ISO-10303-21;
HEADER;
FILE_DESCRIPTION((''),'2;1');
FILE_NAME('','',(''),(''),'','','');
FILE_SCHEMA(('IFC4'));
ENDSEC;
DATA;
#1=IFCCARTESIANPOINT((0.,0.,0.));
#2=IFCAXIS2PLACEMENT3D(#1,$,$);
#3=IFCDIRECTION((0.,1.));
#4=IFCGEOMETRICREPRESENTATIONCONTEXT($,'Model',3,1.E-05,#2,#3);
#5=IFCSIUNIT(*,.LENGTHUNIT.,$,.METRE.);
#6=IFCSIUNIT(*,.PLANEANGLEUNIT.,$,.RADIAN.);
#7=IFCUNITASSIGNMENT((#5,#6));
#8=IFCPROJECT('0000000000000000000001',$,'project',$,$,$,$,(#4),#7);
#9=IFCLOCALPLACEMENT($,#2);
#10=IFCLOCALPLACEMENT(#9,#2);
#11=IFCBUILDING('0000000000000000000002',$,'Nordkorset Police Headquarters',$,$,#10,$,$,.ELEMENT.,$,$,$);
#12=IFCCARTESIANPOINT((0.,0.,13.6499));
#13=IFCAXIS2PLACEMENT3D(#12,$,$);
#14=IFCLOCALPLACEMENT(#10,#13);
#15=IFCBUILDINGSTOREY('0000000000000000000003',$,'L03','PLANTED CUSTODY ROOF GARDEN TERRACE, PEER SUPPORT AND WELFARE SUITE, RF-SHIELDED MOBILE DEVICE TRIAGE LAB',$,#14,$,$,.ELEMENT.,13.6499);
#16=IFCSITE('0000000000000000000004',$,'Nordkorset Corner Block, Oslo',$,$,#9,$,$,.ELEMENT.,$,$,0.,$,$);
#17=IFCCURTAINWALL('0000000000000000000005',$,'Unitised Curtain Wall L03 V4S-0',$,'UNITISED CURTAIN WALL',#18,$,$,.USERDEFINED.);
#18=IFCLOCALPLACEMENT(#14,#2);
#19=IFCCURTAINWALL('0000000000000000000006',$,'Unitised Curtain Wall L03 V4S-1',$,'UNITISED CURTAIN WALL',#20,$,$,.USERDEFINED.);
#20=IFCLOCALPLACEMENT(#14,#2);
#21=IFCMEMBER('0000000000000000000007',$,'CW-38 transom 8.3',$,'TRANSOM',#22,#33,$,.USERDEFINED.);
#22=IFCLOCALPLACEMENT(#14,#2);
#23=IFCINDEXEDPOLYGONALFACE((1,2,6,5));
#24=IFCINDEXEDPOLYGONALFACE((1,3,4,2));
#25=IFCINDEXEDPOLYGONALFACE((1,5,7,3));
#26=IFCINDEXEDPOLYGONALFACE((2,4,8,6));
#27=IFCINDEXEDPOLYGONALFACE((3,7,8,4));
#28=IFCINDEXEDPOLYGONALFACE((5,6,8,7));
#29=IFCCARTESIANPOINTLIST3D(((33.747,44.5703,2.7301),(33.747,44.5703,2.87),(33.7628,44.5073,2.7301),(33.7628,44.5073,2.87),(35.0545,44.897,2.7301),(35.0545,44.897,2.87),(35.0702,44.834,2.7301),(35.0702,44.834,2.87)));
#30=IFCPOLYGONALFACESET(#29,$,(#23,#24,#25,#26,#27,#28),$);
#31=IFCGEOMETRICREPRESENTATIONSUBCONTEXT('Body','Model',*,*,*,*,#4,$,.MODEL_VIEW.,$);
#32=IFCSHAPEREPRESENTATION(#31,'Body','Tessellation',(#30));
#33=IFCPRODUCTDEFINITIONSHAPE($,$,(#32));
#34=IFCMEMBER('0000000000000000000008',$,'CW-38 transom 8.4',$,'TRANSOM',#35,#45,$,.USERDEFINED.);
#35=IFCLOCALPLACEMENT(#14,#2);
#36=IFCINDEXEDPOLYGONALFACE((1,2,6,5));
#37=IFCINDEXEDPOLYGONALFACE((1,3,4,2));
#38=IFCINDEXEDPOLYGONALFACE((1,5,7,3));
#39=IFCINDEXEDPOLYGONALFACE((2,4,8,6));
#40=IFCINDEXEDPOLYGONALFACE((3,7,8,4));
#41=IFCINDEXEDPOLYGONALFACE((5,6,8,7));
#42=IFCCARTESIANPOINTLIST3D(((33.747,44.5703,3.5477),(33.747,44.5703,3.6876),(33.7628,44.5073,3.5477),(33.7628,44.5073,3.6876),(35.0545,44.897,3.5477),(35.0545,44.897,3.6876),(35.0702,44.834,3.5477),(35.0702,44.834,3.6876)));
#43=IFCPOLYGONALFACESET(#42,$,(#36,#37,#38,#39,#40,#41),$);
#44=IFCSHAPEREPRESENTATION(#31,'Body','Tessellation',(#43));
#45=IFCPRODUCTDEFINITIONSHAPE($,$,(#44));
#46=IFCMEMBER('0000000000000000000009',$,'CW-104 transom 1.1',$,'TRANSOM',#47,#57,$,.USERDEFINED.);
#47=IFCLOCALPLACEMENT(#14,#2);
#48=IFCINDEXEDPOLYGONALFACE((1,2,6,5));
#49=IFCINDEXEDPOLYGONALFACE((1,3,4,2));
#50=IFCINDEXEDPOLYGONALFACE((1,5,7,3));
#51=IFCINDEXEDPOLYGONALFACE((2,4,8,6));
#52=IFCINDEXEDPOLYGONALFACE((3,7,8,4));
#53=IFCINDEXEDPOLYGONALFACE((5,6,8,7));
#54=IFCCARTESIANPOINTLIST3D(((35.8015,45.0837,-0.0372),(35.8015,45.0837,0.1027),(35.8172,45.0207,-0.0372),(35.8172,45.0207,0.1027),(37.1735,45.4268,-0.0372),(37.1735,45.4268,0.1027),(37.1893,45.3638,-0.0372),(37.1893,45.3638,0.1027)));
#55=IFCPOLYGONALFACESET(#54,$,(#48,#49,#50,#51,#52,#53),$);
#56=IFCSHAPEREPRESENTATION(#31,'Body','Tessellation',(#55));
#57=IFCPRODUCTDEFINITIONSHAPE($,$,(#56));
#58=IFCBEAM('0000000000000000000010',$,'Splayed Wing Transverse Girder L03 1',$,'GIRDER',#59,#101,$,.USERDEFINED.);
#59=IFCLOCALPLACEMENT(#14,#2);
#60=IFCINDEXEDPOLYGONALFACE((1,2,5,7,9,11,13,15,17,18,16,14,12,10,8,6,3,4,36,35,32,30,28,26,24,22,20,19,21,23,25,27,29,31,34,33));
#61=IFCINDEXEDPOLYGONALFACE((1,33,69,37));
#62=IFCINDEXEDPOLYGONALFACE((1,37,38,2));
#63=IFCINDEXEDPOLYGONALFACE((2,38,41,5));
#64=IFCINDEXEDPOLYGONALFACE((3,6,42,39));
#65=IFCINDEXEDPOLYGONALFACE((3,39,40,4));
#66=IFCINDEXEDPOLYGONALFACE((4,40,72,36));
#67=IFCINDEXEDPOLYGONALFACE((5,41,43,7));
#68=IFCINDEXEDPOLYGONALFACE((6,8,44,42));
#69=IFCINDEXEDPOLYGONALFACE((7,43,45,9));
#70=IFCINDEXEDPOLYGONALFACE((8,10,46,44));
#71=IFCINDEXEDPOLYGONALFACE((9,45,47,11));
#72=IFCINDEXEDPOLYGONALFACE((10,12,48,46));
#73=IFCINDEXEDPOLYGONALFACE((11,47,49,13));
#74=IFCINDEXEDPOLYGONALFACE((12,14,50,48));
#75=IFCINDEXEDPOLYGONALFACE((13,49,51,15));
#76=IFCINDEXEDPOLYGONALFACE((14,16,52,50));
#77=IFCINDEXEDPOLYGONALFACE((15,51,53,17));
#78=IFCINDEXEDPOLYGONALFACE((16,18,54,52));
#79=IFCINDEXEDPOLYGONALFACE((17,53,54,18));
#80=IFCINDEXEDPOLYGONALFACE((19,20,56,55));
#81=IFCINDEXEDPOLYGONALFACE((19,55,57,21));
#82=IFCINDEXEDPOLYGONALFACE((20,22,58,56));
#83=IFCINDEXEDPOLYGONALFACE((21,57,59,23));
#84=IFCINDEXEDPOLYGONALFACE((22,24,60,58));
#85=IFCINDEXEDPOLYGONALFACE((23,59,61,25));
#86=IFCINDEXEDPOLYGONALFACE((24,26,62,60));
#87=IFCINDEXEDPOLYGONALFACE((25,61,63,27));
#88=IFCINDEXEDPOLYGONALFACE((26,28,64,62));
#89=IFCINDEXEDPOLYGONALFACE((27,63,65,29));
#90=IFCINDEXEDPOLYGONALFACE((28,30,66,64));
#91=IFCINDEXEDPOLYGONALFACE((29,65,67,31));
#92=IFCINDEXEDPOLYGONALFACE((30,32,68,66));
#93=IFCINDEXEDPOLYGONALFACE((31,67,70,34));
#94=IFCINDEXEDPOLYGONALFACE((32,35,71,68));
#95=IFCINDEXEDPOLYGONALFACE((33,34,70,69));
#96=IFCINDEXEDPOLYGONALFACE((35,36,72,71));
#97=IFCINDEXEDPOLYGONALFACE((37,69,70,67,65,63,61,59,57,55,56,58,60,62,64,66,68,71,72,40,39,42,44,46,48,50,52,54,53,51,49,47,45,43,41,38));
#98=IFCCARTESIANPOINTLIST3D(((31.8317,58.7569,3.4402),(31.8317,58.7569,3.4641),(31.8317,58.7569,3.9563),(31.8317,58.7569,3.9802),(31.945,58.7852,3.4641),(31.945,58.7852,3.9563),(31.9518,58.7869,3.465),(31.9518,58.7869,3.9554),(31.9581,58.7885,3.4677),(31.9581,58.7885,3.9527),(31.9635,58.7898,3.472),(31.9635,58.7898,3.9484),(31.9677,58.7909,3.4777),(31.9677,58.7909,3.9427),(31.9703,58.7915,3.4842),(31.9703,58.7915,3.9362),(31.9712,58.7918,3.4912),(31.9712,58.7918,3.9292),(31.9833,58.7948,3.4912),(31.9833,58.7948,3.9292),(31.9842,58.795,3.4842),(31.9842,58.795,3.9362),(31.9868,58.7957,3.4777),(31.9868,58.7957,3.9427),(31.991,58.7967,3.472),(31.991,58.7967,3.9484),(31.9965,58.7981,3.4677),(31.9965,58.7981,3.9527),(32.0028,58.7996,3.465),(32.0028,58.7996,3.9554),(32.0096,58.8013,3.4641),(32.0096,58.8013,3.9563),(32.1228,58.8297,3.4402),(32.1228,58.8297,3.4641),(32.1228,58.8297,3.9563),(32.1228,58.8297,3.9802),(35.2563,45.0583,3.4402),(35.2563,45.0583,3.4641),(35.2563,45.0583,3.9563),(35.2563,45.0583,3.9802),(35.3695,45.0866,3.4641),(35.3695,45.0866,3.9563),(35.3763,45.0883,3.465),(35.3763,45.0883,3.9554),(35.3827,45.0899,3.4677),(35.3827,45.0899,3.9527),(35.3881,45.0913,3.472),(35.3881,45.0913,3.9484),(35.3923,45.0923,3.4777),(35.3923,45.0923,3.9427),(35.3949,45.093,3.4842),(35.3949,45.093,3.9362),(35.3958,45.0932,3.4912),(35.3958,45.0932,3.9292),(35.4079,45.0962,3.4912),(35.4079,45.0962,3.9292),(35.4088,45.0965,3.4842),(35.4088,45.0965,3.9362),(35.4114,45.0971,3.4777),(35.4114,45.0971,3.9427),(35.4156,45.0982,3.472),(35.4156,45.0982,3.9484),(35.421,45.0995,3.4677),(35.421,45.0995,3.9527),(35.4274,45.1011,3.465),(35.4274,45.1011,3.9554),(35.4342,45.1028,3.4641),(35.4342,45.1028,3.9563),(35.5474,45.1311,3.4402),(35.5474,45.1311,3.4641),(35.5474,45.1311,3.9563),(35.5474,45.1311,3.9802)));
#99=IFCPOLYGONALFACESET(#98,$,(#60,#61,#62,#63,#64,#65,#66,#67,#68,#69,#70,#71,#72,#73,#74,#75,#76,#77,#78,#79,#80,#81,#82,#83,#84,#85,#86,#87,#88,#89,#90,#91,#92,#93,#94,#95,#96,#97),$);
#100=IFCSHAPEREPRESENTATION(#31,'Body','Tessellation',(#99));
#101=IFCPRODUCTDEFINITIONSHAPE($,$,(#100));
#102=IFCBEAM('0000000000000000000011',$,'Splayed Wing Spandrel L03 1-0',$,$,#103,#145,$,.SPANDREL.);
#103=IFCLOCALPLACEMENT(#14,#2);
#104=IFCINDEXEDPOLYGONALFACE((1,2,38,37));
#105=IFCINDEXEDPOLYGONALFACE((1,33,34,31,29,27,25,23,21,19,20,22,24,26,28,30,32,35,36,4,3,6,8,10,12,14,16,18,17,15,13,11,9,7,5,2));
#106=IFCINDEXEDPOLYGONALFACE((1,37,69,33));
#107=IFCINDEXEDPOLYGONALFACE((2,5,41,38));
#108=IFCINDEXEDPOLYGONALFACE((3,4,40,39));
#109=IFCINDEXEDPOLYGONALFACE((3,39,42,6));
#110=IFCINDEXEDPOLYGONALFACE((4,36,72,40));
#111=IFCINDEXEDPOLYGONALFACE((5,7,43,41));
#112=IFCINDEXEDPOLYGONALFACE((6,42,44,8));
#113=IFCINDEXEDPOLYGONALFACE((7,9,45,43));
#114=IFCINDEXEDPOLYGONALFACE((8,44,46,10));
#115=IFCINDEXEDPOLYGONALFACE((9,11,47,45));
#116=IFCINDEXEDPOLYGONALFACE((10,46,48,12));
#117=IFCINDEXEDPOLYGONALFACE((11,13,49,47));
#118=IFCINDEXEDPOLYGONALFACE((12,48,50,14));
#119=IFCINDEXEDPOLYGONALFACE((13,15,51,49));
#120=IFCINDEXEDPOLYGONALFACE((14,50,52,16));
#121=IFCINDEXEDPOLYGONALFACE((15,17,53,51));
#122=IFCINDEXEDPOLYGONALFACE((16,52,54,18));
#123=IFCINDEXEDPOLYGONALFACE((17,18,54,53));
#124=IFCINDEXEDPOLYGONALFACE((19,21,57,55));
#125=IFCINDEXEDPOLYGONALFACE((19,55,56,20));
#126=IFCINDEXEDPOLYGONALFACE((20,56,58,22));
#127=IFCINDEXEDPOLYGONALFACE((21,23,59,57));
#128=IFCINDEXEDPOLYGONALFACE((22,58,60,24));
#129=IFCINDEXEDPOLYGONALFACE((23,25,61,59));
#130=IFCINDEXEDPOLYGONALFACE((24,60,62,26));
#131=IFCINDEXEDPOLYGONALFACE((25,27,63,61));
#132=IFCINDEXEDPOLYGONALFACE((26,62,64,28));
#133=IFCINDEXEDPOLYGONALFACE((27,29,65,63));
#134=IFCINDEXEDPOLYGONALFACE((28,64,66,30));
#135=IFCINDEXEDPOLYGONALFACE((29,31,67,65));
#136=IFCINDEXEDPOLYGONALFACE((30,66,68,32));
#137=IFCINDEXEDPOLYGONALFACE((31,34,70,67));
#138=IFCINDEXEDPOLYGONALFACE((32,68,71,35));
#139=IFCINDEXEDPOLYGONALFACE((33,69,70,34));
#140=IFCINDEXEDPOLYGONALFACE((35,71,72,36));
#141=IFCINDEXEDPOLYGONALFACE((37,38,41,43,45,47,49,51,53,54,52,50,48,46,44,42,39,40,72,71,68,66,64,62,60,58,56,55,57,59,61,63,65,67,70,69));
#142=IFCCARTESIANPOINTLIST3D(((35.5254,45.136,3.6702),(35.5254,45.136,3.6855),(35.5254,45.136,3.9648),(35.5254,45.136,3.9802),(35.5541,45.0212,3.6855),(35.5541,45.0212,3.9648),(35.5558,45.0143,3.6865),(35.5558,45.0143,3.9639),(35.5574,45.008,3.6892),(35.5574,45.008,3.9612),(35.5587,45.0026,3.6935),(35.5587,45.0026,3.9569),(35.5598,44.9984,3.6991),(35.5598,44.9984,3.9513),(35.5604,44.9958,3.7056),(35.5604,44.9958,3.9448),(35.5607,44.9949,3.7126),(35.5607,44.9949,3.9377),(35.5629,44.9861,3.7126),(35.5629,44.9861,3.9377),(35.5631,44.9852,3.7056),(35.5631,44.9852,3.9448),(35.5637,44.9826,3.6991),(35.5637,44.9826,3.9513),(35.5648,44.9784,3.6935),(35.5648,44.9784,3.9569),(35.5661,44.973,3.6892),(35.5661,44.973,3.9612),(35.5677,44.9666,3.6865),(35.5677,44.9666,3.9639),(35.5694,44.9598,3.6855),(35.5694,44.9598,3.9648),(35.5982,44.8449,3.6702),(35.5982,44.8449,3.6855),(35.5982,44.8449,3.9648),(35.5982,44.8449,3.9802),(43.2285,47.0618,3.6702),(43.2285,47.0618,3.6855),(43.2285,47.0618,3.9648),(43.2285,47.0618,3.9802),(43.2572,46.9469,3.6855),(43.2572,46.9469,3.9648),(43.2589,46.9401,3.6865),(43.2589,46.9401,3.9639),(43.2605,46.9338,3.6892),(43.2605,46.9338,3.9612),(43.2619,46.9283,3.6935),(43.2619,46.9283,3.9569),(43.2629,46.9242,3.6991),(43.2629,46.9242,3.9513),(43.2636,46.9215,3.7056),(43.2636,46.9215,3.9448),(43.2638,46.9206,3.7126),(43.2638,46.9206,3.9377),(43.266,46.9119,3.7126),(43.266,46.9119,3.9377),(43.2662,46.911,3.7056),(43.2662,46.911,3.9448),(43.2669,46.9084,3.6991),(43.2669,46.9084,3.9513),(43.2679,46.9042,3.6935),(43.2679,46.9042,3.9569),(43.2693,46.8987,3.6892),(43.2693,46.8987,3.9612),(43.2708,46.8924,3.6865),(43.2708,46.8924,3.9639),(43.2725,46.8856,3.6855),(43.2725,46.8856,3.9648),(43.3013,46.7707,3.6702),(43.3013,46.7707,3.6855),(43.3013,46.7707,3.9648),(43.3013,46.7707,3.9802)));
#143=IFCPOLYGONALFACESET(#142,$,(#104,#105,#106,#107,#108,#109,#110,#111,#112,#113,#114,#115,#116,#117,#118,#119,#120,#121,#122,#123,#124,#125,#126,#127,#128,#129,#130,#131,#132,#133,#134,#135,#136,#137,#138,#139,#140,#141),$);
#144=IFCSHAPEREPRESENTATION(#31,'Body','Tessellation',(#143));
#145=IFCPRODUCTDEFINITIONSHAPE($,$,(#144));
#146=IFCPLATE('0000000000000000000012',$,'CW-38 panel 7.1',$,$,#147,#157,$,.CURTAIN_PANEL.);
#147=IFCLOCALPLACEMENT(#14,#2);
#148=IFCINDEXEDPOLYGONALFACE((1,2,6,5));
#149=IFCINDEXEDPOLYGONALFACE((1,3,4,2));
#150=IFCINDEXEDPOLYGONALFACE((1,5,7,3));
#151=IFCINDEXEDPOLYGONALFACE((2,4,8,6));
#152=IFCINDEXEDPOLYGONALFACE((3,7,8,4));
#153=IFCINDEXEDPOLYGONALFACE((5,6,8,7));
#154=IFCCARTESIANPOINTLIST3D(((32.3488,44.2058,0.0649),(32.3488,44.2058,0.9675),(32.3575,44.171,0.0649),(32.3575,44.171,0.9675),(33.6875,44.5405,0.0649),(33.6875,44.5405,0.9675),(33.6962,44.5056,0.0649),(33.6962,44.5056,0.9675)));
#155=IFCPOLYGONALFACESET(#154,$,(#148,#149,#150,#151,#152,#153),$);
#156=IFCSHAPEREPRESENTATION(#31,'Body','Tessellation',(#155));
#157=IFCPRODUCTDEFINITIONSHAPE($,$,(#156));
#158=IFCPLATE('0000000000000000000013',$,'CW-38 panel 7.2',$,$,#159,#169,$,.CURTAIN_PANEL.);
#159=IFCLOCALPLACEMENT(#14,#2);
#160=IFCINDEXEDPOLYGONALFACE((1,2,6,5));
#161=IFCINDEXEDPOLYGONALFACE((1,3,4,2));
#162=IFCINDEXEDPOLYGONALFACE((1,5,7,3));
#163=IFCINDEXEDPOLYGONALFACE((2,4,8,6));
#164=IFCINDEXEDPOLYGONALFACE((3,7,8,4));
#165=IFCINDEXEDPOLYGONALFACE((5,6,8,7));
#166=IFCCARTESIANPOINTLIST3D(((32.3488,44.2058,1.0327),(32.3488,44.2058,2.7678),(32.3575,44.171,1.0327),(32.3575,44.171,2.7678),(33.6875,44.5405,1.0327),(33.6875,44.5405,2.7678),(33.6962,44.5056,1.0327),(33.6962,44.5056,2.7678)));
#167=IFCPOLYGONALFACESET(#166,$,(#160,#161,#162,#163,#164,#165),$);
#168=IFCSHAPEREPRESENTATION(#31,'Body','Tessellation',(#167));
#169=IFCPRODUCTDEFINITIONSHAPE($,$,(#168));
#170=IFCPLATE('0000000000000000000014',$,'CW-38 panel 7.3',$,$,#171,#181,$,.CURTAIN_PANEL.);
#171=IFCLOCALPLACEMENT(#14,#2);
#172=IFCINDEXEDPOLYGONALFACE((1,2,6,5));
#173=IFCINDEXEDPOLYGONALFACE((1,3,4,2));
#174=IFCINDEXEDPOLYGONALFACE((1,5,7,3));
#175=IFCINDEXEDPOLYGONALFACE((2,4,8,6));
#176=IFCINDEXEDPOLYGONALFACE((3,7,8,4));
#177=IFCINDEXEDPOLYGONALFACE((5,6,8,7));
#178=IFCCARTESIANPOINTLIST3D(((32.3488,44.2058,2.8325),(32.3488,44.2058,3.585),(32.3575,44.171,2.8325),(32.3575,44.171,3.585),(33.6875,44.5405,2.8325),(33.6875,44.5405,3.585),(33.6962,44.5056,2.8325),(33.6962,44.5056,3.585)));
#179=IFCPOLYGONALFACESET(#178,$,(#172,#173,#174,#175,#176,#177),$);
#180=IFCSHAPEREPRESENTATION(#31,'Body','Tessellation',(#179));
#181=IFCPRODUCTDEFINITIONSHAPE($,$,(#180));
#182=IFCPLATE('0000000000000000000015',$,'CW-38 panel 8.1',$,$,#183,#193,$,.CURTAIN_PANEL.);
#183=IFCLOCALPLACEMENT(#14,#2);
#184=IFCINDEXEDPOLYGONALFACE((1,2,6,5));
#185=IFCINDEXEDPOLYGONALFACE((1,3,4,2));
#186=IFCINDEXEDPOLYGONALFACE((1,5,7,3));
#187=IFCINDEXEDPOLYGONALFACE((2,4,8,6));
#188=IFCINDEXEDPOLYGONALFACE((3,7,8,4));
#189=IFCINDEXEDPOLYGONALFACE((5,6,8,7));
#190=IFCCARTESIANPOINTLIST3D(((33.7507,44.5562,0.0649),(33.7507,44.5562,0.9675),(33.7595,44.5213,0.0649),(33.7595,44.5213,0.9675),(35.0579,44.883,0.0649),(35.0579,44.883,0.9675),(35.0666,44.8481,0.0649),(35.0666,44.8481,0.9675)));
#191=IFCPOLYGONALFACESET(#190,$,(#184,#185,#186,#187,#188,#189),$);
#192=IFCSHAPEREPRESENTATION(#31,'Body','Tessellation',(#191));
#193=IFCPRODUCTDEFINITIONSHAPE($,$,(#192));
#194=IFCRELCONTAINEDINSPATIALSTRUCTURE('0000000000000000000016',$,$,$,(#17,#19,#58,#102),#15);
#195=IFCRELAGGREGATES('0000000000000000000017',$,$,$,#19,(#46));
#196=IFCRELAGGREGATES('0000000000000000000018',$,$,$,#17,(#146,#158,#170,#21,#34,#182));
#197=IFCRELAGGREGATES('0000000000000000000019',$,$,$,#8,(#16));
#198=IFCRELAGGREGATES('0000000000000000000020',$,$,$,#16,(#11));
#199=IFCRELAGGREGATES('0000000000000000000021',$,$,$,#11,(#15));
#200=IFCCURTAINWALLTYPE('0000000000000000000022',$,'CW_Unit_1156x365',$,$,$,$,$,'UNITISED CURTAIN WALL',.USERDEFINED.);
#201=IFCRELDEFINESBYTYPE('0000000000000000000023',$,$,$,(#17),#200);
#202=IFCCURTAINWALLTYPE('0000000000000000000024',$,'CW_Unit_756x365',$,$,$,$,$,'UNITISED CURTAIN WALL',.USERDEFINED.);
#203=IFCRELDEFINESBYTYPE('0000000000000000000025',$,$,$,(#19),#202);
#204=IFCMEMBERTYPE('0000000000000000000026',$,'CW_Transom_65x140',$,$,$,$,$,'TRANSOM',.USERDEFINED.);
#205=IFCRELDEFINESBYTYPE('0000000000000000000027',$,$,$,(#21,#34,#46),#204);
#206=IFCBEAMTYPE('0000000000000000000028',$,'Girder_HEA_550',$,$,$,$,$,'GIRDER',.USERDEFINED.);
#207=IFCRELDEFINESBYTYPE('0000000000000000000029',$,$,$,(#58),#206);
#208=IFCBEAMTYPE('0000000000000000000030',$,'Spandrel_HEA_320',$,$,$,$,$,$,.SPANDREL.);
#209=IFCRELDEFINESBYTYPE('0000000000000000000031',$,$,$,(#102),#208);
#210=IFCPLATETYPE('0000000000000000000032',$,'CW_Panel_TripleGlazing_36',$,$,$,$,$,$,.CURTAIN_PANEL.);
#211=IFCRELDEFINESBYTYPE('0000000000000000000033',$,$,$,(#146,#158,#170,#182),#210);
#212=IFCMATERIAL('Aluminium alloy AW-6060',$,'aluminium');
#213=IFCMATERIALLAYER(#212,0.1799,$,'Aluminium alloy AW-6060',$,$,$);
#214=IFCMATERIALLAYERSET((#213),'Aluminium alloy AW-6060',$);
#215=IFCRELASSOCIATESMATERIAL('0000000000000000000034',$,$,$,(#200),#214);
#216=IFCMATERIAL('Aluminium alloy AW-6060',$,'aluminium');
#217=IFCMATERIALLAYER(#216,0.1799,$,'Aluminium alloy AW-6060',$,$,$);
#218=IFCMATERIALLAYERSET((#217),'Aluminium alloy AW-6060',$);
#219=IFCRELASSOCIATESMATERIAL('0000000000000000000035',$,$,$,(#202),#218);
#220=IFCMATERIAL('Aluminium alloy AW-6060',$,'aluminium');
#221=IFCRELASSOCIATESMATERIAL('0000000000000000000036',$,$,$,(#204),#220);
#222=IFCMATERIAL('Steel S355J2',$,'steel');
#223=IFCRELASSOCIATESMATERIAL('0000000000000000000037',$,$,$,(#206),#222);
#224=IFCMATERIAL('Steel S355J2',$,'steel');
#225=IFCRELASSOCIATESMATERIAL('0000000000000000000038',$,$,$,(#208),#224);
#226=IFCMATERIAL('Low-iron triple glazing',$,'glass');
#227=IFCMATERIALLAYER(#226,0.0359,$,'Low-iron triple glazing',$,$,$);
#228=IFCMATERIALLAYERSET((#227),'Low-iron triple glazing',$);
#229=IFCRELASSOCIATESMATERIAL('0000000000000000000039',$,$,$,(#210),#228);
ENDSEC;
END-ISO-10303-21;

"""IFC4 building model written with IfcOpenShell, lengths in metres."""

from ifc_helpers import new_model, si_unit, direction, frame, origin, origin_2d, place, context, subcontext, project, spatial, rectangle, i_section, extrude, material, layer, layer_set, material_profile, profile_set, type_object, element, aggregate, save


model = new_model("IFC4")

# Units and contexts
model_context = context("Model", 3, precision=1e-05, world=origin(), true_north=direction((0.0, 1.0)))
body_context = subcontext(model_context, "Body", "Model", "MODEL_VIEW")
ifc_project = project(units=[si_unit("LENGTHUNIT", "METRE"), si_unit("PLANEANGLEUNIT", "RADIAN")], contexts=[model_context])

# Site, building, storey
site_placement = place(None, origin())
site = spatial("IfcSite", under=ifc_project, at=site_placement, Name="Nordkorset Corner Block, Oslo", CompositionType="ELEMENT", RefElevation=0.0)
building_placement = place(site_placement, origin())
building = spatial("IfcBuilding", under=site, at=building_placement, Name="Nordkorset Police Headquarters", CompositionType="ELEMENT")
storey_placement = place(building_placement, frame((0.0, 0.0, 13.6499)))
storey = spatial("IfcBuildingStorey", under=building, at=storey_placement, Name="L03", Description="PLANTED CUSTODY ROOF GARDEN TERRACE, PEER SUPPORT AND WELFARE SUITE, RF-SHIELDED MOBILE DEVICE TRIAGE LAB", CompositionType="ELEMENT", Elevation=13.6499)

# Curtain wall
ifc_material_1 = material(Name="Aluminium alloy AW-6060", Category="aluminium")
ifc_layer_1 = layer(ifc_material_1, 0.1799, Name="Aluminium alloy AW-6060")
ifc_layer_set_1 = layer_set([ifc_layer_1], Name="Aluminium alloy AW-6060")
curtain_wall_type_1 = type_object("IfcCurtainWallType", Name="CW_Unit_1156x365", ElementType="UNITISED CURTAIN WALL", PredefinedType="USERDEFINED", material=ifc_layer_set_1)
curtain_wall_1_placement = place(storey_placement, origin())
curtain_wall_1 = element("IfcCurtainWall", 1, at=curtain_wall_1_placement, inside=storey, type_object=curtain_wall_type_1, Name="Unitised Curtain Wall L03 V4S-0", ObjectType="UNITISED CURTAIN WALL", PredefinedType="USERDEFINED")

# Curtain wall
ifc_material_2 = material(Name="Aluminium alloy AW-6060", Category="aluminium")
ifc_layer_2 = layer(ifc_material_2, 0.1799, Name="Aluminium alloy AW-6060")
ifc_layer_set_2 = layer_set([ifc_layer_2], Name="Aluminium alloy AW-6060")
curtain_wall_type_2 = type_object("IfcCurtainWallType", Name="CW_Unit_756x365", ElementType="UNITISED CURTAIN WALL", PredefinedType="USERDEFINED", material=ifc_layer_set_2)
curtain_wall_2_placement = place(storey_placement, origin())
curtain_wall_2 = element("IfcCurtainWall", 2, at=curtain_wall_2_placement, inside=storey, type_object=curtain_wall_type_2, Name="Unitised Curtain Wall L03 V4S-1", ObjectType="UNITISED CURTAIN WALL", PredefinedType="USERDEFINED")

# Members
ifc_material_3 = material(Name="Aluminium alloy AW-6060", Category="aluminium")
ifc_material_profile_1 = material_profile(ifc_material_3, rectangle(XDim=0.0649, YDim=0.1399, at=origin_2d()), Name="ALU TRAN 65x140")
ifc_profile_set_1 = profile_set([ifc_material_profile_1], Name="Aluminium alloy AW-6060")
member_type_1 = type_object("IfcMemberType", Name="CW_Transom_65x140", ElementType="TRANSOM", PredefinedType="USERDEFINED", material=ifc_profile_set_1)
member_1_placement = place(storey_placement, frame((33.7549, 44.5388, 2.8), z_axis=(0.970174, 0.242408, 0.0), x_axis=(-0.242408, 0.970174, 0.0)))
member_1 = element("IfcMember", 3, at=member_1_placement, type_object=member_type_1, Name="CW-38 transom 8.3", ObjectType="TRANSOM", PredefinedType="USERDEFINED", context=body_context, shape_type="SweptSolid", body=[
    extrude(rectangle(XDim=0.0649, YDim=0.1399, at=origin_2d()), origin(), (0.0, 0.0, 1.0), 1.3477),
])
member_2_placement = place(storey_placement, frame((33.7549, 44.5388, 3.6177), z_axis=(0.970174, 0.242408, 0.0), x_axis=(-0.242408, 0.970174, 0.0)))
member_2 = element("IfcMember", 4, at=member_2_placement, type_object=member_type_1, Name="CW-38 transom 8.4", ObjectType="TRANSOM", PredefinedType="USERDEFINED", context=body_context, shape_type="SweptSolid", body=[
    extrude(rectangle(XDim=0.0649, YDim=0.1399, at=origin_2d()), origin(), (0.0, 0.0, 1.0), 1.3477),
])
member_3_placement = place(storey_placement, frame((35.8093, 45.0522, 0.0327), z_axis=(0.970143, 0.242536, 0.0), x_axis=(-0.242536, 0.970143, 0.0)))
member_3 = element("IfcMember", 5, at=member_3_placement, type_object=member_type_1, Name="CW-104 transom 1.1", ObjectType="TRANSOM", PredefinedType="USERDEFINED", context=body_context, shape_type="SweptSolid", body=[
    extrude(rectangle(XDim=0.0649, YDim=0.1399, at=origin_2d()), origin(), (0.0, 0.0, 1.0), 1.4143),
])
aggregate(curtain_wall_2, [member_3])

# Beams
ifc_material_4 = material(Name="Steel S355J2", Category="steel")
ifc_material_profile_2 = material_profile(ifc_material_4, i_section(OverallWidth=0.3, OverallDepth=0.54, WebThickness=0.0125, FlangeThickness=0.0239, FilletRadius=0.0271, at=origin_2d()), Name="HEA 550")
ifc_profile_set_2 = profile_set([ifc_material_profile_2], Name="Steel S355J2")
beam_type_1 = type_object("IfcBeamType", Name="Girder_HEA_550", ElementType="GIRDER", PredefinedType="USERDEFINED", material=ifc_profile_set_2)
beam_1_placement = place(storey_placement, frame((35.4019, 45.0947, 3.7102), z_axis=(-0.242532, 0.970144, 0.0), x_axis=(-0.970144, -0.242532, 0.0)))
element("IfcBeam", 6, at=beam_1_placement, inside=storey, type_object=beam_type_1, Name="Splayed Wing Transverse Girder L03 1", ObjectType="GIRDER", PredefinedType="USERDEFINED", context=body_context, shape_type="SweptSolid", body=[
    extrude(i_section(OverallWidth=0.3, OverallDepth=0.54, WebThickness=0.0125, FlangeThickness=0.0239, FilletRadius=0.0271, at=origin_2d()), origin(), (0.0, 0.0, 1.0), 14.1201),
])
ifc_material_5 = material(Name="Steel S355J2", Category="steel")
ifc_material_profile_3 = material_profile(ifc_material_5, i_section(OverallWidth=0.3, OverallDepth=0.3101, WebThickness=0.009, FlangeThickness=0.0154, FilletRadius=0.0271, at=origin_2d()), Name="HEA 320")
ifc_profile_set_3 = profile_set([ifc_material_profile_3], Name="Steel S355J2")
beam_type_2 = type_object("IfcBeamType", Name="Spandrel_HEA_320", PredefinedType="SPANDREL", material=ifc_profile_set_3)
beam_2_placement = place(storey_placement, frame((35.5618, 44.9905, 3.8252), z_axis=(0.970143, 0.242536, 0.0), x_axis=(-0.242536, 0.970143, 0.0)))
element("IfcBeam", 7, at=beam_2_placement, inside=storey, type_object=beam_type_2, Name="Splayed Wing Spandrel L03 1-0", PredefinedType="SPANDREL", context=body_context, shape_type="SweptSolid", body=[
    extrude(i_section(OverallWidth=0.3, OverallDepth=0.3101, WebThickness=0.009, FlangeThickness=0.0154, FilletRadius=0.0271, at=origin_2d()), origin(), (0.0, 0.0, 1.0), 7.9402),
])

# Plates
ifc_material_6 = material(Name="Low-iron triple glazing", Category="glass")
ifc_layer_3 = layer(ifc_material_6, 0.0359, Name="Low-iron triple glazing")
ifc_layer_set_3 = layer_set([ifc_layer_3], Name="Low-iron triple glazing")
plate_type = type_object("IfcPlateType", Name="CW_Panel_TripleGlazing_36", PredefinedType="CURTAIN_PANEL", material=ifc_layer_set_3)
plate_1_placement = place(storey_placement, frame((33.0225, 44.3557, 0.0649), z_axis=(0.0, 0.0, 1.0), x_axis=(0.970143, 0.242536, 0.0)))
plate_1 = element("IfcPlate", 8, at=plate_1_placement, type_object=plate_type, Name="CW-38 panel 7.1", PredefinedType="CURTAIN_PANEL", context=body_context, shape_type="SweptSolid", body=[
    extrude(rectangle(XDim=1.3799, YDim=0.0359, at=origin_2d()), origin(), (0.0, 0.0, 1.0), 0.9026),
])
plate_2_placement = place(storey_placement, frame((33.0225, 44.3557, 1.0327), z_axis=(0.0, 0.0, 1.0), x_axis=(0.970143, 0.242536, 0.0)))
plate_2 = element("IfcPlate", 9, at=plate_2_placement, type_object=plate_type, Name="CW-38 panel 7.2", PredefinedType="CURTAIN_PANEL", context=body_context, shape_type="SweptSolid", body=[
    extrude(rectangle(XDim=1.3799, YDim=0.0359, at=origin_2d()), origin(), (0.0, 0.0, 1.0), 1.7351),
])
plate_3_placement = place(storey_placement, frame((33.0225, 44.3557, 2.8325), z_axis=(0.0, 0.0, 1.0), x_axis=(0.970143, 0.242536, 0.0)))
plate_3 = element("IfcPlate", 10, at=plate_3_placement, type_object=plate_type, Name="CW-38 panel 7.3", PredefinedType="CURTAIN_PANEL", context=body_context, shape_type="SweptSolid", body=[
    extrude(rectangle(XDim=1.3799, YDim=0.0359, at=origin_2d()), origin(), (0.0, 0.0, 1.0), 0.7524),
])
plate_4_placement = place(storey_placement, frame((34.4087, 44.7021, 0.0649), z_axis=(0.0, 0.0, 1.0), x_axis=(0.970143, 0.242536, 0.0)))
plate_4 = element("IfcPlate", 11, at=plate_4_placement, type_object=plate_type, Name="CW-38 panel 8.1", PredefinedType="CURTAIN_PANEL", context=body_context, shape_type="SweptSolid", body=[
    extrude(rectangle(XDim=1.3474, YDim=0.0359, at=origin_2d()), origin(), (0.0, 0.0, 1.0), 0.9026),
])
aggregate(curtain_wall_1, [plate_1, plate_2, plate_3, member_1, member_2, plate_4])

save(model, "model.ifc")
